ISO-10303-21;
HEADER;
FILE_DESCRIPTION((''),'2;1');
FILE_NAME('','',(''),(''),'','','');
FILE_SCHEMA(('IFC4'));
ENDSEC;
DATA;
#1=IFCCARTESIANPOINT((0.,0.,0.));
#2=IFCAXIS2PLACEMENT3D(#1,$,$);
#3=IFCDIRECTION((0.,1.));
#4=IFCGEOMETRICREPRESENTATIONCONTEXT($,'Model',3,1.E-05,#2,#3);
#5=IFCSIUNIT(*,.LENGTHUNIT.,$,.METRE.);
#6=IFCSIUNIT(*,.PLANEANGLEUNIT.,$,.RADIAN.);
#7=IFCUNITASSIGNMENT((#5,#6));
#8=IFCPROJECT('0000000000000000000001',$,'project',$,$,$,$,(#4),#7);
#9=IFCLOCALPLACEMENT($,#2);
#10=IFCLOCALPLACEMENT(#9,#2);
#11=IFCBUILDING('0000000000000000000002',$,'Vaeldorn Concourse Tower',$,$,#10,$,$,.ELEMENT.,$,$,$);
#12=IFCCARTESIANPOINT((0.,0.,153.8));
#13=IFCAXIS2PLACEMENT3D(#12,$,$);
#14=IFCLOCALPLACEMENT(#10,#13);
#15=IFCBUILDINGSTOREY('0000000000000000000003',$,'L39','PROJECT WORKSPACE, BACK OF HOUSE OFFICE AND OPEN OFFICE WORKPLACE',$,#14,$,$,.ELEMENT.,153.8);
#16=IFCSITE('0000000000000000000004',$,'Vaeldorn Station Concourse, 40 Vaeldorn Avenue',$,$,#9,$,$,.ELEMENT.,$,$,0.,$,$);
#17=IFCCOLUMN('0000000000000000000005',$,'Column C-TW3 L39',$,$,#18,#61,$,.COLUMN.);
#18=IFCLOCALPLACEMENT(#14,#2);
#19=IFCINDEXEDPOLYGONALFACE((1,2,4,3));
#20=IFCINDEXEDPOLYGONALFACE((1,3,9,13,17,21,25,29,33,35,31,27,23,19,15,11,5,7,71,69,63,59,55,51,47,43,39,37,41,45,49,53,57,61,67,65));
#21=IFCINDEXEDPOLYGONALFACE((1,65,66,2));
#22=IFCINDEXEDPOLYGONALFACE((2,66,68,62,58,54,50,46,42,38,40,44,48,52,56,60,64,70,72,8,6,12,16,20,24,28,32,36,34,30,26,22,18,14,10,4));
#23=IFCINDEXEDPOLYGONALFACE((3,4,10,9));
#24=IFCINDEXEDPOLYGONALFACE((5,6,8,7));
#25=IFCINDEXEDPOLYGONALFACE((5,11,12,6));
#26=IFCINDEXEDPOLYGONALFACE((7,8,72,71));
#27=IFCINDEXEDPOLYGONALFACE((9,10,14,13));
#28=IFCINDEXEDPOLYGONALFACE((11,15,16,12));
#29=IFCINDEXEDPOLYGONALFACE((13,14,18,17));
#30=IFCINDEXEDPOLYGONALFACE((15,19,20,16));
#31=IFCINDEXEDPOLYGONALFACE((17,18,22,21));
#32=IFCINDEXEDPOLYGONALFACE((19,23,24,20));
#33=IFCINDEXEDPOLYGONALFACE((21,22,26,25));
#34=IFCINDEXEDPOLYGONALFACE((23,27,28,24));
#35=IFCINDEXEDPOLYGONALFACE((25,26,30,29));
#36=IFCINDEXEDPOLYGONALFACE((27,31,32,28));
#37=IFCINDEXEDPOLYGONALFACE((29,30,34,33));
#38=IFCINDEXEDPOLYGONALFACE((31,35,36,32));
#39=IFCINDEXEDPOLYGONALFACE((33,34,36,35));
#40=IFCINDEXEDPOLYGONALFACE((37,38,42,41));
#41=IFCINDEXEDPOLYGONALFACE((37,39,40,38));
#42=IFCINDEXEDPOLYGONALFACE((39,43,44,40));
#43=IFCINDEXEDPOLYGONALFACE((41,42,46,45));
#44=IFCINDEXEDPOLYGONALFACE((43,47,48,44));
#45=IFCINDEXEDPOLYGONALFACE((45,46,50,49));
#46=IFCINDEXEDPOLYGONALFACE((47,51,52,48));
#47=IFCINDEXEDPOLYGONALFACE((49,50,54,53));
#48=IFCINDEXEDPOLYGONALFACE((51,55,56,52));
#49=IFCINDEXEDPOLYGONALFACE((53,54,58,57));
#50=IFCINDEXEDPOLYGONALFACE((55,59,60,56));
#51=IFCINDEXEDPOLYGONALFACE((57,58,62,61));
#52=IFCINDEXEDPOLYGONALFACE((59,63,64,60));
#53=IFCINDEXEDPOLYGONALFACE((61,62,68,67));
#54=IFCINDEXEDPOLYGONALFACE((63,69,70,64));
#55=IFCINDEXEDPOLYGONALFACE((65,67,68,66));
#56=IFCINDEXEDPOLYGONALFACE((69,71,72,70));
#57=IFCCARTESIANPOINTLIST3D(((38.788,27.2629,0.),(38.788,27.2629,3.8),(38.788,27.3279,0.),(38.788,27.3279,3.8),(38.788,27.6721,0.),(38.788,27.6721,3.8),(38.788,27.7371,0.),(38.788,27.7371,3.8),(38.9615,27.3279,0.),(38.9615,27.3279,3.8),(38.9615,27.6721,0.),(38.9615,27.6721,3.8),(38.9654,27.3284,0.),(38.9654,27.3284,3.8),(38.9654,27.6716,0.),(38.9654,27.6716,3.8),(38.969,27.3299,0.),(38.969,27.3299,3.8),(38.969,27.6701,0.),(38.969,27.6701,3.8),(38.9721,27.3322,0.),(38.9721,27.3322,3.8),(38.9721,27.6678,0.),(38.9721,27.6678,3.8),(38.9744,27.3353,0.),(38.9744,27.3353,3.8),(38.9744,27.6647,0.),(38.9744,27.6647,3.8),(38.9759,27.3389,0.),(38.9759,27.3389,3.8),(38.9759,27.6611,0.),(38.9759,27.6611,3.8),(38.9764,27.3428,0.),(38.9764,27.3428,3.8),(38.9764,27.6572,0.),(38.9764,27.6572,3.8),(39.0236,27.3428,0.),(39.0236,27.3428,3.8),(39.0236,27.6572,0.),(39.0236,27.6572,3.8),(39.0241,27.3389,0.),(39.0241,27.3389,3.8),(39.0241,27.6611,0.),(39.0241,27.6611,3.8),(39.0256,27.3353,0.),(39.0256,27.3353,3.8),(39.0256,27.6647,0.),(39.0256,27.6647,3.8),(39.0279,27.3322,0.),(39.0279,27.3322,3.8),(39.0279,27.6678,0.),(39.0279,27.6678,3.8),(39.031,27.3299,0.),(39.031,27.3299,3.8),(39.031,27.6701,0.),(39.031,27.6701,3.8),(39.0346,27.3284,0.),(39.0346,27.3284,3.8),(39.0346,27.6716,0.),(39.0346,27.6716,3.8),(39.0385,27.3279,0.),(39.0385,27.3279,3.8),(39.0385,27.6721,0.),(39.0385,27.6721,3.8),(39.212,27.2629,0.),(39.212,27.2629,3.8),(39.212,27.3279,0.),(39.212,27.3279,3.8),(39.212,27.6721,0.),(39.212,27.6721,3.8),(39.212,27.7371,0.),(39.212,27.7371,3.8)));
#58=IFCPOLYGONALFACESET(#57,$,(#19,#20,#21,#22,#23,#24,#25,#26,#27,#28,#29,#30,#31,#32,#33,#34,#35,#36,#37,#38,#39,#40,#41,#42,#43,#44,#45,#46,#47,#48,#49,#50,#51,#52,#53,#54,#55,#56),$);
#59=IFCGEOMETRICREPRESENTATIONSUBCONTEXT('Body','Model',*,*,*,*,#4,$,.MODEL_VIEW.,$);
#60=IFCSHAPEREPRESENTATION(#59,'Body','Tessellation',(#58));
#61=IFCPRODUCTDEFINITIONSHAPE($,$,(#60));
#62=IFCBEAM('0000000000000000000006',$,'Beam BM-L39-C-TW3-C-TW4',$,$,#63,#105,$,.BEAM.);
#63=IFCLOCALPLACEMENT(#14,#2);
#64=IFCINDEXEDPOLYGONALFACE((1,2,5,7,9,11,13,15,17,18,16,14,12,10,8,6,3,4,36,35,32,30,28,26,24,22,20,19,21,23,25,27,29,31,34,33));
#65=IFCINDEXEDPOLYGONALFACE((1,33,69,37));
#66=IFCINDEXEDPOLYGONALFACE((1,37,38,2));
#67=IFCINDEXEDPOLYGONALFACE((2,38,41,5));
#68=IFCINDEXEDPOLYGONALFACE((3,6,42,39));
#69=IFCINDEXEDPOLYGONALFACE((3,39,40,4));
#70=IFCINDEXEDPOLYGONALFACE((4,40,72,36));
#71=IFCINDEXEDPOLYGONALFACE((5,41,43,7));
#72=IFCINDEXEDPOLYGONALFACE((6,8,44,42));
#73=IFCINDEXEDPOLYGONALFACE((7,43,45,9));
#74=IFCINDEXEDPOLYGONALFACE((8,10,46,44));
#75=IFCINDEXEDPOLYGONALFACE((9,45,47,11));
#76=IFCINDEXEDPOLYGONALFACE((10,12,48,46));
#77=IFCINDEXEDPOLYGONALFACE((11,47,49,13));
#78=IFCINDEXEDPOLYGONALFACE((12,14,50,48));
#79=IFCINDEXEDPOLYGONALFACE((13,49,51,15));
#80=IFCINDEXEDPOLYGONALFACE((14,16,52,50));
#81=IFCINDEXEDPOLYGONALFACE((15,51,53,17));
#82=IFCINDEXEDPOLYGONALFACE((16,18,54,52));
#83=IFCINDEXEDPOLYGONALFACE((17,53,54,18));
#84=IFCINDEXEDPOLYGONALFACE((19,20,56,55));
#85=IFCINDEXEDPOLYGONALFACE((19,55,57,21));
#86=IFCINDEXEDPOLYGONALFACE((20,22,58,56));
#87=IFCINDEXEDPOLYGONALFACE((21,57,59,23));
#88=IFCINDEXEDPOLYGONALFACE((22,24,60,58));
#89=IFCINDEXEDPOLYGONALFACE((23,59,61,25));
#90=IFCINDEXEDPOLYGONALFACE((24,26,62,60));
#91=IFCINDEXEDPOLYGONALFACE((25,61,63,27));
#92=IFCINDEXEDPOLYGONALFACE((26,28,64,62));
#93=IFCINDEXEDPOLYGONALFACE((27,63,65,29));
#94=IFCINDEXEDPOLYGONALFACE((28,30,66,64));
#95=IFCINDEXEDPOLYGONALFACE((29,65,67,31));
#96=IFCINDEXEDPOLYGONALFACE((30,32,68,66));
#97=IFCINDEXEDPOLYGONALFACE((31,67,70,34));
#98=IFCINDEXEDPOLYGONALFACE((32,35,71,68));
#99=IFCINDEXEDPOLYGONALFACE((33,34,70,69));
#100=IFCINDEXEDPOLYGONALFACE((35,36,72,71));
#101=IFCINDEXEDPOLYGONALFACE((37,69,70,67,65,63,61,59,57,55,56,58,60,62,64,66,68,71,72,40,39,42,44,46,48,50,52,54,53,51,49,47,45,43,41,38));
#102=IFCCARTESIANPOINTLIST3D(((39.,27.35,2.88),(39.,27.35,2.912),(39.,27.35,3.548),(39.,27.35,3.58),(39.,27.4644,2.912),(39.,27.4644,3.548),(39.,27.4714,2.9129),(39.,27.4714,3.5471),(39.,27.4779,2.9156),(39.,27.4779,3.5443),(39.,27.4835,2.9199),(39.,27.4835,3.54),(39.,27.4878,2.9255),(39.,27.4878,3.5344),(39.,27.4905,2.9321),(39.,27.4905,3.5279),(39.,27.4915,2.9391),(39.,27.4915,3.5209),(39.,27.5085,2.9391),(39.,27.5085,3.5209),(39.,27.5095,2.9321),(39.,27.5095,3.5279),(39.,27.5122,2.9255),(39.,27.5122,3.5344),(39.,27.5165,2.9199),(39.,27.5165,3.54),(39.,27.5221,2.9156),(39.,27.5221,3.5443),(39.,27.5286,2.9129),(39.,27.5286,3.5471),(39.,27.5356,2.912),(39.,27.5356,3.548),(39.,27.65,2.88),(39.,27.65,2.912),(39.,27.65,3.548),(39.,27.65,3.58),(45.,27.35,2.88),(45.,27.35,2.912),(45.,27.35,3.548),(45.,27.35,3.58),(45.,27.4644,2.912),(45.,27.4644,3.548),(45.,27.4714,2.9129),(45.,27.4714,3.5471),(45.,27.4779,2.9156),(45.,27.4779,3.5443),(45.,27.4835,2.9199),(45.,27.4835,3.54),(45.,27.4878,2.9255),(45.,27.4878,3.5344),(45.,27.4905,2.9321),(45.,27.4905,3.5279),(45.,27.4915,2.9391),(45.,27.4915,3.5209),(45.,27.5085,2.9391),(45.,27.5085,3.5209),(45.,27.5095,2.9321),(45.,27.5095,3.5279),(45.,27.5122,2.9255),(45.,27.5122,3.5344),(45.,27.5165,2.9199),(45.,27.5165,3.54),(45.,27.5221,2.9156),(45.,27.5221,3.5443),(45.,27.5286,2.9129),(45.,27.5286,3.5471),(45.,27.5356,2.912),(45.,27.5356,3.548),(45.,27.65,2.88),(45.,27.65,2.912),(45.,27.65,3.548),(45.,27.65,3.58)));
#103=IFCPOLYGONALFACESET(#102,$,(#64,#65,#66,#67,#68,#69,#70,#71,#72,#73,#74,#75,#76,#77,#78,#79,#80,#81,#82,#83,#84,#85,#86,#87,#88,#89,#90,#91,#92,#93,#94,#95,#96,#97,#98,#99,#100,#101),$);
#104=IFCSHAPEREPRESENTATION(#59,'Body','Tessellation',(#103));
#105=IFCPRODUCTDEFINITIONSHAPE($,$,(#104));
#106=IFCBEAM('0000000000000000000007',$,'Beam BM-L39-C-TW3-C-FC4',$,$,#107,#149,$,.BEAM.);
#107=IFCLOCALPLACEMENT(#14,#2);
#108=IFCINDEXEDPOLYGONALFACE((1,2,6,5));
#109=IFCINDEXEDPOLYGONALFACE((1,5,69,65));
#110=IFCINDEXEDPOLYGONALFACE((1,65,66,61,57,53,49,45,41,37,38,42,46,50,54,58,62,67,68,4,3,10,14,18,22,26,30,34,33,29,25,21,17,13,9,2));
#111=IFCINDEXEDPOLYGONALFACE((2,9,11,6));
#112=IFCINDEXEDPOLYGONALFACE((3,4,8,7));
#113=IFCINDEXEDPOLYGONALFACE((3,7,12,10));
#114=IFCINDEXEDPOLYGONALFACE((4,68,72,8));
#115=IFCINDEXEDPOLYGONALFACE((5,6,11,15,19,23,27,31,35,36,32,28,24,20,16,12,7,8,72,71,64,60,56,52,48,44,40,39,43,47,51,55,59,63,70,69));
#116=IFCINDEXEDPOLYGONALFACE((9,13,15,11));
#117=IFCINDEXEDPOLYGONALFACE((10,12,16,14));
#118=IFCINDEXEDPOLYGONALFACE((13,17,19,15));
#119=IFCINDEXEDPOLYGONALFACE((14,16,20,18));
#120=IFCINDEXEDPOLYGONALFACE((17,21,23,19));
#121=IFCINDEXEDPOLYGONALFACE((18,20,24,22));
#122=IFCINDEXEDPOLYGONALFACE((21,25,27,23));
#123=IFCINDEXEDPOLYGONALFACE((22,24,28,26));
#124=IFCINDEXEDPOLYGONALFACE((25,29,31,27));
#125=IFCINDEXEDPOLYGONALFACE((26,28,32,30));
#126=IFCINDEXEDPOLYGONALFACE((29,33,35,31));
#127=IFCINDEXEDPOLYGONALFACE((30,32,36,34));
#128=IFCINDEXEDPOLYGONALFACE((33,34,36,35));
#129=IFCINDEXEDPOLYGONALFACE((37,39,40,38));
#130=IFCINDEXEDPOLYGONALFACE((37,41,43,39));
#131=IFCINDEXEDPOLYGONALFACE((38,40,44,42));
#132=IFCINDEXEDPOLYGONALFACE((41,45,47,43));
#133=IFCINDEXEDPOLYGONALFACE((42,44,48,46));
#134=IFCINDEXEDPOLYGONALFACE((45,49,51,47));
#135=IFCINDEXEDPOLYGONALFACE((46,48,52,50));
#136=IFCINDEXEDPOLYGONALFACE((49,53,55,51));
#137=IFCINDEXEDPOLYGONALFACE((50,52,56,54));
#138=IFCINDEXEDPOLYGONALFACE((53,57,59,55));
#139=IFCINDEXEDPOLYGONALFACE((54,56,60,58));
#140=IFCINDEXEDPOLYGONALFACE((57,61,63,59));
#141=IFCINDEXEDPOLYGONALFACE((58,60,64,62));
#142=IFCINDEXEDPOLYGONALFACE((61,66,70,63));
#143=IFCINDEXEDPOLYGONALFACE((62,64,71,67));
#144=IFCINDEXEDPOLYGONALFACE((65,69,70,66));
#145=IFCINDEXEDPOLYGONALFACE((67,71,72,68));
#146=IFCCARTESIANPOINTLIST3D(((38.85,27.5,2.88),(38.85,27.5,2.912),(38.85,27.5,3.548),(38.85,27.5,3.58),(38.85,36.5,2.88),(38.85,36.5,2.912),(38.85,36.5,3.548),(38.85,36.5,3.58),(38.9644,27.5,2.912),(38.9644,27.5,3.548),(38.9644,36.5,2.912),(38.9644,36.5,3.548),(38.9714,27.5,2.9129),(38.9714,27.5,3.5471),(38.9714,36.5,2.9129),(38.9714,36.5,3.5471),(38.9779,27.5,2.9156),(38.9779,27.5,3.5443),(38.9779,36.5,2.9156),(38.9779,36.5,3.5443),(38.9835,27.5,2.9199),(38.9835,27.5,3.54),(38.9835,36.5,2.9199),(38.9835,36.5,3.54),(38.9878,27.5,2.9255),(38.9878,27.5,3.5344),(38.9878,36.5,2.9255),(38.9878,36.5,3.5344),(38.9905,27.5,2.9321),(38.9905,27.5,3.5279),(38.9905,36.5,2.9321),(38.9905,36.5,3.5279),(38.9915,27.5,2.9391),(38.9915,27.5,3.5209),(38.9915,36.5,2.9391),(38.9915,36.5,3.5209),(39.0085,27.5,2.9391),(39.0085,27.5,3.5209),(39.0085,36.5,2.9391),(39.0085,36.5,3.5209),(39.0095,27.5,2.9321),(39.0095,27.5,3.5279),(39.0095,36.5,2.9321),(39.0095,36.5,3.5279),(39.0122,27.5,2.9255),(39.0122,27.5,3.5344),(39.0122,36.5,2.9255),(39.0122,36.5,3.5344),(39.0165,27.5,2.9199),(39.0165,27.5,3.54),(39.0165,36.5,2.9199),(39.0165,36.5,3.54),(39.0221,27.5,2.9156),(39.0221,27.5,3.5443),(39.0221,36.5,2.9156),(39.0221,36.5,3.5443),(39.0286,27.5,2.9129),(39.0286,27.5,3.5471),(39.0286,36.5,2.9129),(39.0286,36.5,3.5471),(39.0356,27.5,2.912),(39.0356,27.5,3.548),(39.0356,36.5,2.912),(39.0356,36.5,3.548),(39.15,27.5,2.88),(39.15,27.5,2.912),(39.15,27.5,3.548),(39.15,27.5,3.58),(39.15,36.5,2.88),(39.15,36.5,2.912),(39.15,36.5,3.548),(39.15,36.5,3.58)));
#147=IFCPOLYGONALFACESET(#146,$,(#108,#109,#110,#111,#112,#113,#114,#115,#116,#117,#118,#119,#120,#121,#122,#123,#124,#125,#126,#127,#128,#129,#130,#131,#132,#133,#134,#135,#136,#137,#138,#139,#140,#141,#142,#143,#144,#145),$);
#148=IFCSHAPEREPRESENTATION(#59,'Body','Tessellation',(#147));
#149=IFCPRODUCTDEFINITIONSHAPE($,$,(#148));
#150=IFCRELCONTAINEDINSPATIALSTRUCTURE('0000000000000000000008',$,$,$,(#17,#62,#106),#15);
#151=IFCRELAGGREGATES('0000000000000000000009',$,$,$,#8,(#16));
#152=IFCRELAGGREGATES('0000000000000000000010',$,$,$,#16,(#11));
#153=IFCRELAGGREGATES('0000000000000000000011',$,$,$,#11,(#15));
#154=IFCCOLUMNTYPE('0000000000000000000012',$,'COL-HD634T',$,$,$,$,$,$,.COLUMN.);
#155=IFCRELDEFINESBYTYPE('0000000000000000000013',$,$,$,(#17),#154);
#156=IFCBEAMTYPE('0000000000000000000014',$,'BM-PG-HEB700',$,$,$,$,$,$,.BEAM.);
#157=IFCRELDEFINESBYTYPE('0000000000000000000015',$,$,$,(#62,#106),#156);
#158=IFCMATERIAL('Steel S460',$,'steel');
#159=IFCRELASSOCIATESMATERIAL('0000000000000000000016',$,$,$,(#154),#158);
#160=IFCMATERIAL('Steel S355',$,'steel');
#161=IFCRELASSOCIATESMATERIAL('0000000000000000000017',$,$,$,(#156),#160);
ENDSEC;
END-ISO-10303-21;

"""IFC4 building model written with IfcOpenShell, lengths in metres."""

from ifc_helpers import new_model, si_unit, direction, frame, origin, origin_2d, place, context, subcontext, project, spatial, i_section, extrude, source, transform, mapped, material, material_profile, profile_set, type_object, element, save


model = new_model("IFC4")

# Units and contexts
model_context = context("Model", 3, precision=1e-05, world=origin(), true_north=direction((0.0, 1.0)))
body_context = subcontext(model_context, "Body", "Model", "MODEL_VIEW")
ifc_project = project(units=[si_unit("LENGTHUNIT", "METRE"), si_unit("PLANEANGLEUNIT", "RADIAN")], contexts=[model_context])

# Site, building, storey
site_placement = place(None, origin())
site = spatial("IfcSite", under=ifc_project, at=site_placement, Name="Vaeldorn Station Concourse, 40 Vaeldorn Avenue", CompositionType="ELEMENT", RefElevation=0.0)
building_placement = place(site_placement, origin())
building = spatial("IfcBuilding", under=site, at=building_placement, Name="Vaeldorn Concourse Tower", CompositionType="ELEMENT")
storey_placement = place(building_placement, frame((0.0, 0.0, 153.8)))
storey = spatial("IfcBuildingStorey", under=building, at=storey_placement, Name="L39", Description="PROJECT WORKSPACE, BACK OF HOUSE OFFICE AND OPEN OFFICE WORKPLACE", CompositionType="ELEMENT", Elevation=153.8)

# Column
ifc_material_1 = material(Name="Steel S460", Category="steel")
ifc_material_profile_1 = material_profile(ifc_material_1, i_section(OverallWidth=0.4241, OverallDepth=0.4741, WebThickness=0.0471, FlangeThickness=0.0649, FilletRadius=0.0149, at=origin_2d()), Name="HD 400x634")
ifc_profile_set_1 = profile_set([ifc_material_profile_1], Name="Steel S460")
column_type = type_object("IfcColumnType", Name="COL-HD634T", PredefinedType="COLUMN", material=ifc_profile_set_1)
shared_shape_1 = source(origin(), body_context, "Body", "SweptSolid", [
    extrude(i_section(OverallWidth=0.4241, OverallDepth=0.4741, WebThickness=0.0471, FlangeThickness=0.0649, FilletRadius=0.0149, at=origin_2d()), origin(), (0.0, 0.0, 1.0), 3.8),
])
column_placement = place(storey_placement, frame((39.0, 27.5, 0.0), z_axis=(0.0, 0.0, 1.0), x_axis=(1.0, 0.0, 0.0)))
element("IfcColumn", 1, at=column_placement, inside=storey, type_object=column_type, Name="Column C-TW3 L39", PredefinedType="COLUMN", context=body_context, shape_type="MappedRepresentation", body=[
    mapped(shared_shape_1, transform((0.0, 0.0, 0.0), scale=1.0)),
])

# Beams
ifc_material_2 = material(Name="Steel S355", Category="steel")
ifc_material_profile_2 = material_profile(ifc_material_2, i_section(OverallWidth=0.3, OverallDepth=0.7, WebThickness=0.0171, FlangeThickness=0.032, FilletRadius=0.0271, at=origin_2d()), Name="HEB 700")
ifc_profile_set_2 = profile_set([ifc_material_profile_2], Name="Steel S355")
beam_type_1 = type_object("IfcBeamType", Name="BM-PG-HEB700", PredefinedType="BEAM", material=ifc_profile_set_2)
shared_shape_2 = source(origin(), body_context, "Body", "SweptSolid", [
    extrude(i_section(OverallWidth=0.3, OverallDepth=0.7, WebThickness=0.0171, FlangeThickness=0.032, FilletRadius=0.0271, at=origin_2d()), origin(), (0.0, 0.0, 1.0), 6.0),
])
beam_1_placement = place(storey_placement, frame((39.0, 27.5, 3.23), z_axis=(1.0, 0.0, 0.0), x_axis=(0.0, 1.0, 0.0)))
element("IfcBeam", 2, at=beam_1_placement, inside=storey, type_object=beam_type_1, Name="Beam BM-L39-C-TW3-C-TW4", PredefinedType="BEAM", context=body_context, shape_type="MappedRepresentation", body=[
    mapped(shared_shape_2, transform((0.0, 0.0, 0.0), scale=1.0)),
])
shared_shape_3 = source(origin(), body_context, "Body", "SweptSolid", [
    extrude(i_section(OverallWidth=0.3, OverallDepth=0.7, WebThickness=0.0171, FlangeThickness=0.032, FilletRadius=0.0271, at=origin_2d()), origin(), (0.0, 0.0, 1.0), 9.0),
])
beam_2_placement = place(storey_placement, frame((39.0, 27.5, 3.23), z_axis=(0.0, 1.0, 0.0), x_axis=(-1.0, 0.0, 0.0)))
element("IfcBeam", 3, at=beam_2_placement, inside=storey, type_object=beam_type_1, Name="Beam BM-L39-C-TW3-C-FC4", PredefinedType="BEAM", context=body_context, shape_type="MappedRepresentation", body=[
    mapped(shared_shape_3, transform((0.0, 0.0, 0.0), scale=1.0)),
])

save(model, "model.ifc")
